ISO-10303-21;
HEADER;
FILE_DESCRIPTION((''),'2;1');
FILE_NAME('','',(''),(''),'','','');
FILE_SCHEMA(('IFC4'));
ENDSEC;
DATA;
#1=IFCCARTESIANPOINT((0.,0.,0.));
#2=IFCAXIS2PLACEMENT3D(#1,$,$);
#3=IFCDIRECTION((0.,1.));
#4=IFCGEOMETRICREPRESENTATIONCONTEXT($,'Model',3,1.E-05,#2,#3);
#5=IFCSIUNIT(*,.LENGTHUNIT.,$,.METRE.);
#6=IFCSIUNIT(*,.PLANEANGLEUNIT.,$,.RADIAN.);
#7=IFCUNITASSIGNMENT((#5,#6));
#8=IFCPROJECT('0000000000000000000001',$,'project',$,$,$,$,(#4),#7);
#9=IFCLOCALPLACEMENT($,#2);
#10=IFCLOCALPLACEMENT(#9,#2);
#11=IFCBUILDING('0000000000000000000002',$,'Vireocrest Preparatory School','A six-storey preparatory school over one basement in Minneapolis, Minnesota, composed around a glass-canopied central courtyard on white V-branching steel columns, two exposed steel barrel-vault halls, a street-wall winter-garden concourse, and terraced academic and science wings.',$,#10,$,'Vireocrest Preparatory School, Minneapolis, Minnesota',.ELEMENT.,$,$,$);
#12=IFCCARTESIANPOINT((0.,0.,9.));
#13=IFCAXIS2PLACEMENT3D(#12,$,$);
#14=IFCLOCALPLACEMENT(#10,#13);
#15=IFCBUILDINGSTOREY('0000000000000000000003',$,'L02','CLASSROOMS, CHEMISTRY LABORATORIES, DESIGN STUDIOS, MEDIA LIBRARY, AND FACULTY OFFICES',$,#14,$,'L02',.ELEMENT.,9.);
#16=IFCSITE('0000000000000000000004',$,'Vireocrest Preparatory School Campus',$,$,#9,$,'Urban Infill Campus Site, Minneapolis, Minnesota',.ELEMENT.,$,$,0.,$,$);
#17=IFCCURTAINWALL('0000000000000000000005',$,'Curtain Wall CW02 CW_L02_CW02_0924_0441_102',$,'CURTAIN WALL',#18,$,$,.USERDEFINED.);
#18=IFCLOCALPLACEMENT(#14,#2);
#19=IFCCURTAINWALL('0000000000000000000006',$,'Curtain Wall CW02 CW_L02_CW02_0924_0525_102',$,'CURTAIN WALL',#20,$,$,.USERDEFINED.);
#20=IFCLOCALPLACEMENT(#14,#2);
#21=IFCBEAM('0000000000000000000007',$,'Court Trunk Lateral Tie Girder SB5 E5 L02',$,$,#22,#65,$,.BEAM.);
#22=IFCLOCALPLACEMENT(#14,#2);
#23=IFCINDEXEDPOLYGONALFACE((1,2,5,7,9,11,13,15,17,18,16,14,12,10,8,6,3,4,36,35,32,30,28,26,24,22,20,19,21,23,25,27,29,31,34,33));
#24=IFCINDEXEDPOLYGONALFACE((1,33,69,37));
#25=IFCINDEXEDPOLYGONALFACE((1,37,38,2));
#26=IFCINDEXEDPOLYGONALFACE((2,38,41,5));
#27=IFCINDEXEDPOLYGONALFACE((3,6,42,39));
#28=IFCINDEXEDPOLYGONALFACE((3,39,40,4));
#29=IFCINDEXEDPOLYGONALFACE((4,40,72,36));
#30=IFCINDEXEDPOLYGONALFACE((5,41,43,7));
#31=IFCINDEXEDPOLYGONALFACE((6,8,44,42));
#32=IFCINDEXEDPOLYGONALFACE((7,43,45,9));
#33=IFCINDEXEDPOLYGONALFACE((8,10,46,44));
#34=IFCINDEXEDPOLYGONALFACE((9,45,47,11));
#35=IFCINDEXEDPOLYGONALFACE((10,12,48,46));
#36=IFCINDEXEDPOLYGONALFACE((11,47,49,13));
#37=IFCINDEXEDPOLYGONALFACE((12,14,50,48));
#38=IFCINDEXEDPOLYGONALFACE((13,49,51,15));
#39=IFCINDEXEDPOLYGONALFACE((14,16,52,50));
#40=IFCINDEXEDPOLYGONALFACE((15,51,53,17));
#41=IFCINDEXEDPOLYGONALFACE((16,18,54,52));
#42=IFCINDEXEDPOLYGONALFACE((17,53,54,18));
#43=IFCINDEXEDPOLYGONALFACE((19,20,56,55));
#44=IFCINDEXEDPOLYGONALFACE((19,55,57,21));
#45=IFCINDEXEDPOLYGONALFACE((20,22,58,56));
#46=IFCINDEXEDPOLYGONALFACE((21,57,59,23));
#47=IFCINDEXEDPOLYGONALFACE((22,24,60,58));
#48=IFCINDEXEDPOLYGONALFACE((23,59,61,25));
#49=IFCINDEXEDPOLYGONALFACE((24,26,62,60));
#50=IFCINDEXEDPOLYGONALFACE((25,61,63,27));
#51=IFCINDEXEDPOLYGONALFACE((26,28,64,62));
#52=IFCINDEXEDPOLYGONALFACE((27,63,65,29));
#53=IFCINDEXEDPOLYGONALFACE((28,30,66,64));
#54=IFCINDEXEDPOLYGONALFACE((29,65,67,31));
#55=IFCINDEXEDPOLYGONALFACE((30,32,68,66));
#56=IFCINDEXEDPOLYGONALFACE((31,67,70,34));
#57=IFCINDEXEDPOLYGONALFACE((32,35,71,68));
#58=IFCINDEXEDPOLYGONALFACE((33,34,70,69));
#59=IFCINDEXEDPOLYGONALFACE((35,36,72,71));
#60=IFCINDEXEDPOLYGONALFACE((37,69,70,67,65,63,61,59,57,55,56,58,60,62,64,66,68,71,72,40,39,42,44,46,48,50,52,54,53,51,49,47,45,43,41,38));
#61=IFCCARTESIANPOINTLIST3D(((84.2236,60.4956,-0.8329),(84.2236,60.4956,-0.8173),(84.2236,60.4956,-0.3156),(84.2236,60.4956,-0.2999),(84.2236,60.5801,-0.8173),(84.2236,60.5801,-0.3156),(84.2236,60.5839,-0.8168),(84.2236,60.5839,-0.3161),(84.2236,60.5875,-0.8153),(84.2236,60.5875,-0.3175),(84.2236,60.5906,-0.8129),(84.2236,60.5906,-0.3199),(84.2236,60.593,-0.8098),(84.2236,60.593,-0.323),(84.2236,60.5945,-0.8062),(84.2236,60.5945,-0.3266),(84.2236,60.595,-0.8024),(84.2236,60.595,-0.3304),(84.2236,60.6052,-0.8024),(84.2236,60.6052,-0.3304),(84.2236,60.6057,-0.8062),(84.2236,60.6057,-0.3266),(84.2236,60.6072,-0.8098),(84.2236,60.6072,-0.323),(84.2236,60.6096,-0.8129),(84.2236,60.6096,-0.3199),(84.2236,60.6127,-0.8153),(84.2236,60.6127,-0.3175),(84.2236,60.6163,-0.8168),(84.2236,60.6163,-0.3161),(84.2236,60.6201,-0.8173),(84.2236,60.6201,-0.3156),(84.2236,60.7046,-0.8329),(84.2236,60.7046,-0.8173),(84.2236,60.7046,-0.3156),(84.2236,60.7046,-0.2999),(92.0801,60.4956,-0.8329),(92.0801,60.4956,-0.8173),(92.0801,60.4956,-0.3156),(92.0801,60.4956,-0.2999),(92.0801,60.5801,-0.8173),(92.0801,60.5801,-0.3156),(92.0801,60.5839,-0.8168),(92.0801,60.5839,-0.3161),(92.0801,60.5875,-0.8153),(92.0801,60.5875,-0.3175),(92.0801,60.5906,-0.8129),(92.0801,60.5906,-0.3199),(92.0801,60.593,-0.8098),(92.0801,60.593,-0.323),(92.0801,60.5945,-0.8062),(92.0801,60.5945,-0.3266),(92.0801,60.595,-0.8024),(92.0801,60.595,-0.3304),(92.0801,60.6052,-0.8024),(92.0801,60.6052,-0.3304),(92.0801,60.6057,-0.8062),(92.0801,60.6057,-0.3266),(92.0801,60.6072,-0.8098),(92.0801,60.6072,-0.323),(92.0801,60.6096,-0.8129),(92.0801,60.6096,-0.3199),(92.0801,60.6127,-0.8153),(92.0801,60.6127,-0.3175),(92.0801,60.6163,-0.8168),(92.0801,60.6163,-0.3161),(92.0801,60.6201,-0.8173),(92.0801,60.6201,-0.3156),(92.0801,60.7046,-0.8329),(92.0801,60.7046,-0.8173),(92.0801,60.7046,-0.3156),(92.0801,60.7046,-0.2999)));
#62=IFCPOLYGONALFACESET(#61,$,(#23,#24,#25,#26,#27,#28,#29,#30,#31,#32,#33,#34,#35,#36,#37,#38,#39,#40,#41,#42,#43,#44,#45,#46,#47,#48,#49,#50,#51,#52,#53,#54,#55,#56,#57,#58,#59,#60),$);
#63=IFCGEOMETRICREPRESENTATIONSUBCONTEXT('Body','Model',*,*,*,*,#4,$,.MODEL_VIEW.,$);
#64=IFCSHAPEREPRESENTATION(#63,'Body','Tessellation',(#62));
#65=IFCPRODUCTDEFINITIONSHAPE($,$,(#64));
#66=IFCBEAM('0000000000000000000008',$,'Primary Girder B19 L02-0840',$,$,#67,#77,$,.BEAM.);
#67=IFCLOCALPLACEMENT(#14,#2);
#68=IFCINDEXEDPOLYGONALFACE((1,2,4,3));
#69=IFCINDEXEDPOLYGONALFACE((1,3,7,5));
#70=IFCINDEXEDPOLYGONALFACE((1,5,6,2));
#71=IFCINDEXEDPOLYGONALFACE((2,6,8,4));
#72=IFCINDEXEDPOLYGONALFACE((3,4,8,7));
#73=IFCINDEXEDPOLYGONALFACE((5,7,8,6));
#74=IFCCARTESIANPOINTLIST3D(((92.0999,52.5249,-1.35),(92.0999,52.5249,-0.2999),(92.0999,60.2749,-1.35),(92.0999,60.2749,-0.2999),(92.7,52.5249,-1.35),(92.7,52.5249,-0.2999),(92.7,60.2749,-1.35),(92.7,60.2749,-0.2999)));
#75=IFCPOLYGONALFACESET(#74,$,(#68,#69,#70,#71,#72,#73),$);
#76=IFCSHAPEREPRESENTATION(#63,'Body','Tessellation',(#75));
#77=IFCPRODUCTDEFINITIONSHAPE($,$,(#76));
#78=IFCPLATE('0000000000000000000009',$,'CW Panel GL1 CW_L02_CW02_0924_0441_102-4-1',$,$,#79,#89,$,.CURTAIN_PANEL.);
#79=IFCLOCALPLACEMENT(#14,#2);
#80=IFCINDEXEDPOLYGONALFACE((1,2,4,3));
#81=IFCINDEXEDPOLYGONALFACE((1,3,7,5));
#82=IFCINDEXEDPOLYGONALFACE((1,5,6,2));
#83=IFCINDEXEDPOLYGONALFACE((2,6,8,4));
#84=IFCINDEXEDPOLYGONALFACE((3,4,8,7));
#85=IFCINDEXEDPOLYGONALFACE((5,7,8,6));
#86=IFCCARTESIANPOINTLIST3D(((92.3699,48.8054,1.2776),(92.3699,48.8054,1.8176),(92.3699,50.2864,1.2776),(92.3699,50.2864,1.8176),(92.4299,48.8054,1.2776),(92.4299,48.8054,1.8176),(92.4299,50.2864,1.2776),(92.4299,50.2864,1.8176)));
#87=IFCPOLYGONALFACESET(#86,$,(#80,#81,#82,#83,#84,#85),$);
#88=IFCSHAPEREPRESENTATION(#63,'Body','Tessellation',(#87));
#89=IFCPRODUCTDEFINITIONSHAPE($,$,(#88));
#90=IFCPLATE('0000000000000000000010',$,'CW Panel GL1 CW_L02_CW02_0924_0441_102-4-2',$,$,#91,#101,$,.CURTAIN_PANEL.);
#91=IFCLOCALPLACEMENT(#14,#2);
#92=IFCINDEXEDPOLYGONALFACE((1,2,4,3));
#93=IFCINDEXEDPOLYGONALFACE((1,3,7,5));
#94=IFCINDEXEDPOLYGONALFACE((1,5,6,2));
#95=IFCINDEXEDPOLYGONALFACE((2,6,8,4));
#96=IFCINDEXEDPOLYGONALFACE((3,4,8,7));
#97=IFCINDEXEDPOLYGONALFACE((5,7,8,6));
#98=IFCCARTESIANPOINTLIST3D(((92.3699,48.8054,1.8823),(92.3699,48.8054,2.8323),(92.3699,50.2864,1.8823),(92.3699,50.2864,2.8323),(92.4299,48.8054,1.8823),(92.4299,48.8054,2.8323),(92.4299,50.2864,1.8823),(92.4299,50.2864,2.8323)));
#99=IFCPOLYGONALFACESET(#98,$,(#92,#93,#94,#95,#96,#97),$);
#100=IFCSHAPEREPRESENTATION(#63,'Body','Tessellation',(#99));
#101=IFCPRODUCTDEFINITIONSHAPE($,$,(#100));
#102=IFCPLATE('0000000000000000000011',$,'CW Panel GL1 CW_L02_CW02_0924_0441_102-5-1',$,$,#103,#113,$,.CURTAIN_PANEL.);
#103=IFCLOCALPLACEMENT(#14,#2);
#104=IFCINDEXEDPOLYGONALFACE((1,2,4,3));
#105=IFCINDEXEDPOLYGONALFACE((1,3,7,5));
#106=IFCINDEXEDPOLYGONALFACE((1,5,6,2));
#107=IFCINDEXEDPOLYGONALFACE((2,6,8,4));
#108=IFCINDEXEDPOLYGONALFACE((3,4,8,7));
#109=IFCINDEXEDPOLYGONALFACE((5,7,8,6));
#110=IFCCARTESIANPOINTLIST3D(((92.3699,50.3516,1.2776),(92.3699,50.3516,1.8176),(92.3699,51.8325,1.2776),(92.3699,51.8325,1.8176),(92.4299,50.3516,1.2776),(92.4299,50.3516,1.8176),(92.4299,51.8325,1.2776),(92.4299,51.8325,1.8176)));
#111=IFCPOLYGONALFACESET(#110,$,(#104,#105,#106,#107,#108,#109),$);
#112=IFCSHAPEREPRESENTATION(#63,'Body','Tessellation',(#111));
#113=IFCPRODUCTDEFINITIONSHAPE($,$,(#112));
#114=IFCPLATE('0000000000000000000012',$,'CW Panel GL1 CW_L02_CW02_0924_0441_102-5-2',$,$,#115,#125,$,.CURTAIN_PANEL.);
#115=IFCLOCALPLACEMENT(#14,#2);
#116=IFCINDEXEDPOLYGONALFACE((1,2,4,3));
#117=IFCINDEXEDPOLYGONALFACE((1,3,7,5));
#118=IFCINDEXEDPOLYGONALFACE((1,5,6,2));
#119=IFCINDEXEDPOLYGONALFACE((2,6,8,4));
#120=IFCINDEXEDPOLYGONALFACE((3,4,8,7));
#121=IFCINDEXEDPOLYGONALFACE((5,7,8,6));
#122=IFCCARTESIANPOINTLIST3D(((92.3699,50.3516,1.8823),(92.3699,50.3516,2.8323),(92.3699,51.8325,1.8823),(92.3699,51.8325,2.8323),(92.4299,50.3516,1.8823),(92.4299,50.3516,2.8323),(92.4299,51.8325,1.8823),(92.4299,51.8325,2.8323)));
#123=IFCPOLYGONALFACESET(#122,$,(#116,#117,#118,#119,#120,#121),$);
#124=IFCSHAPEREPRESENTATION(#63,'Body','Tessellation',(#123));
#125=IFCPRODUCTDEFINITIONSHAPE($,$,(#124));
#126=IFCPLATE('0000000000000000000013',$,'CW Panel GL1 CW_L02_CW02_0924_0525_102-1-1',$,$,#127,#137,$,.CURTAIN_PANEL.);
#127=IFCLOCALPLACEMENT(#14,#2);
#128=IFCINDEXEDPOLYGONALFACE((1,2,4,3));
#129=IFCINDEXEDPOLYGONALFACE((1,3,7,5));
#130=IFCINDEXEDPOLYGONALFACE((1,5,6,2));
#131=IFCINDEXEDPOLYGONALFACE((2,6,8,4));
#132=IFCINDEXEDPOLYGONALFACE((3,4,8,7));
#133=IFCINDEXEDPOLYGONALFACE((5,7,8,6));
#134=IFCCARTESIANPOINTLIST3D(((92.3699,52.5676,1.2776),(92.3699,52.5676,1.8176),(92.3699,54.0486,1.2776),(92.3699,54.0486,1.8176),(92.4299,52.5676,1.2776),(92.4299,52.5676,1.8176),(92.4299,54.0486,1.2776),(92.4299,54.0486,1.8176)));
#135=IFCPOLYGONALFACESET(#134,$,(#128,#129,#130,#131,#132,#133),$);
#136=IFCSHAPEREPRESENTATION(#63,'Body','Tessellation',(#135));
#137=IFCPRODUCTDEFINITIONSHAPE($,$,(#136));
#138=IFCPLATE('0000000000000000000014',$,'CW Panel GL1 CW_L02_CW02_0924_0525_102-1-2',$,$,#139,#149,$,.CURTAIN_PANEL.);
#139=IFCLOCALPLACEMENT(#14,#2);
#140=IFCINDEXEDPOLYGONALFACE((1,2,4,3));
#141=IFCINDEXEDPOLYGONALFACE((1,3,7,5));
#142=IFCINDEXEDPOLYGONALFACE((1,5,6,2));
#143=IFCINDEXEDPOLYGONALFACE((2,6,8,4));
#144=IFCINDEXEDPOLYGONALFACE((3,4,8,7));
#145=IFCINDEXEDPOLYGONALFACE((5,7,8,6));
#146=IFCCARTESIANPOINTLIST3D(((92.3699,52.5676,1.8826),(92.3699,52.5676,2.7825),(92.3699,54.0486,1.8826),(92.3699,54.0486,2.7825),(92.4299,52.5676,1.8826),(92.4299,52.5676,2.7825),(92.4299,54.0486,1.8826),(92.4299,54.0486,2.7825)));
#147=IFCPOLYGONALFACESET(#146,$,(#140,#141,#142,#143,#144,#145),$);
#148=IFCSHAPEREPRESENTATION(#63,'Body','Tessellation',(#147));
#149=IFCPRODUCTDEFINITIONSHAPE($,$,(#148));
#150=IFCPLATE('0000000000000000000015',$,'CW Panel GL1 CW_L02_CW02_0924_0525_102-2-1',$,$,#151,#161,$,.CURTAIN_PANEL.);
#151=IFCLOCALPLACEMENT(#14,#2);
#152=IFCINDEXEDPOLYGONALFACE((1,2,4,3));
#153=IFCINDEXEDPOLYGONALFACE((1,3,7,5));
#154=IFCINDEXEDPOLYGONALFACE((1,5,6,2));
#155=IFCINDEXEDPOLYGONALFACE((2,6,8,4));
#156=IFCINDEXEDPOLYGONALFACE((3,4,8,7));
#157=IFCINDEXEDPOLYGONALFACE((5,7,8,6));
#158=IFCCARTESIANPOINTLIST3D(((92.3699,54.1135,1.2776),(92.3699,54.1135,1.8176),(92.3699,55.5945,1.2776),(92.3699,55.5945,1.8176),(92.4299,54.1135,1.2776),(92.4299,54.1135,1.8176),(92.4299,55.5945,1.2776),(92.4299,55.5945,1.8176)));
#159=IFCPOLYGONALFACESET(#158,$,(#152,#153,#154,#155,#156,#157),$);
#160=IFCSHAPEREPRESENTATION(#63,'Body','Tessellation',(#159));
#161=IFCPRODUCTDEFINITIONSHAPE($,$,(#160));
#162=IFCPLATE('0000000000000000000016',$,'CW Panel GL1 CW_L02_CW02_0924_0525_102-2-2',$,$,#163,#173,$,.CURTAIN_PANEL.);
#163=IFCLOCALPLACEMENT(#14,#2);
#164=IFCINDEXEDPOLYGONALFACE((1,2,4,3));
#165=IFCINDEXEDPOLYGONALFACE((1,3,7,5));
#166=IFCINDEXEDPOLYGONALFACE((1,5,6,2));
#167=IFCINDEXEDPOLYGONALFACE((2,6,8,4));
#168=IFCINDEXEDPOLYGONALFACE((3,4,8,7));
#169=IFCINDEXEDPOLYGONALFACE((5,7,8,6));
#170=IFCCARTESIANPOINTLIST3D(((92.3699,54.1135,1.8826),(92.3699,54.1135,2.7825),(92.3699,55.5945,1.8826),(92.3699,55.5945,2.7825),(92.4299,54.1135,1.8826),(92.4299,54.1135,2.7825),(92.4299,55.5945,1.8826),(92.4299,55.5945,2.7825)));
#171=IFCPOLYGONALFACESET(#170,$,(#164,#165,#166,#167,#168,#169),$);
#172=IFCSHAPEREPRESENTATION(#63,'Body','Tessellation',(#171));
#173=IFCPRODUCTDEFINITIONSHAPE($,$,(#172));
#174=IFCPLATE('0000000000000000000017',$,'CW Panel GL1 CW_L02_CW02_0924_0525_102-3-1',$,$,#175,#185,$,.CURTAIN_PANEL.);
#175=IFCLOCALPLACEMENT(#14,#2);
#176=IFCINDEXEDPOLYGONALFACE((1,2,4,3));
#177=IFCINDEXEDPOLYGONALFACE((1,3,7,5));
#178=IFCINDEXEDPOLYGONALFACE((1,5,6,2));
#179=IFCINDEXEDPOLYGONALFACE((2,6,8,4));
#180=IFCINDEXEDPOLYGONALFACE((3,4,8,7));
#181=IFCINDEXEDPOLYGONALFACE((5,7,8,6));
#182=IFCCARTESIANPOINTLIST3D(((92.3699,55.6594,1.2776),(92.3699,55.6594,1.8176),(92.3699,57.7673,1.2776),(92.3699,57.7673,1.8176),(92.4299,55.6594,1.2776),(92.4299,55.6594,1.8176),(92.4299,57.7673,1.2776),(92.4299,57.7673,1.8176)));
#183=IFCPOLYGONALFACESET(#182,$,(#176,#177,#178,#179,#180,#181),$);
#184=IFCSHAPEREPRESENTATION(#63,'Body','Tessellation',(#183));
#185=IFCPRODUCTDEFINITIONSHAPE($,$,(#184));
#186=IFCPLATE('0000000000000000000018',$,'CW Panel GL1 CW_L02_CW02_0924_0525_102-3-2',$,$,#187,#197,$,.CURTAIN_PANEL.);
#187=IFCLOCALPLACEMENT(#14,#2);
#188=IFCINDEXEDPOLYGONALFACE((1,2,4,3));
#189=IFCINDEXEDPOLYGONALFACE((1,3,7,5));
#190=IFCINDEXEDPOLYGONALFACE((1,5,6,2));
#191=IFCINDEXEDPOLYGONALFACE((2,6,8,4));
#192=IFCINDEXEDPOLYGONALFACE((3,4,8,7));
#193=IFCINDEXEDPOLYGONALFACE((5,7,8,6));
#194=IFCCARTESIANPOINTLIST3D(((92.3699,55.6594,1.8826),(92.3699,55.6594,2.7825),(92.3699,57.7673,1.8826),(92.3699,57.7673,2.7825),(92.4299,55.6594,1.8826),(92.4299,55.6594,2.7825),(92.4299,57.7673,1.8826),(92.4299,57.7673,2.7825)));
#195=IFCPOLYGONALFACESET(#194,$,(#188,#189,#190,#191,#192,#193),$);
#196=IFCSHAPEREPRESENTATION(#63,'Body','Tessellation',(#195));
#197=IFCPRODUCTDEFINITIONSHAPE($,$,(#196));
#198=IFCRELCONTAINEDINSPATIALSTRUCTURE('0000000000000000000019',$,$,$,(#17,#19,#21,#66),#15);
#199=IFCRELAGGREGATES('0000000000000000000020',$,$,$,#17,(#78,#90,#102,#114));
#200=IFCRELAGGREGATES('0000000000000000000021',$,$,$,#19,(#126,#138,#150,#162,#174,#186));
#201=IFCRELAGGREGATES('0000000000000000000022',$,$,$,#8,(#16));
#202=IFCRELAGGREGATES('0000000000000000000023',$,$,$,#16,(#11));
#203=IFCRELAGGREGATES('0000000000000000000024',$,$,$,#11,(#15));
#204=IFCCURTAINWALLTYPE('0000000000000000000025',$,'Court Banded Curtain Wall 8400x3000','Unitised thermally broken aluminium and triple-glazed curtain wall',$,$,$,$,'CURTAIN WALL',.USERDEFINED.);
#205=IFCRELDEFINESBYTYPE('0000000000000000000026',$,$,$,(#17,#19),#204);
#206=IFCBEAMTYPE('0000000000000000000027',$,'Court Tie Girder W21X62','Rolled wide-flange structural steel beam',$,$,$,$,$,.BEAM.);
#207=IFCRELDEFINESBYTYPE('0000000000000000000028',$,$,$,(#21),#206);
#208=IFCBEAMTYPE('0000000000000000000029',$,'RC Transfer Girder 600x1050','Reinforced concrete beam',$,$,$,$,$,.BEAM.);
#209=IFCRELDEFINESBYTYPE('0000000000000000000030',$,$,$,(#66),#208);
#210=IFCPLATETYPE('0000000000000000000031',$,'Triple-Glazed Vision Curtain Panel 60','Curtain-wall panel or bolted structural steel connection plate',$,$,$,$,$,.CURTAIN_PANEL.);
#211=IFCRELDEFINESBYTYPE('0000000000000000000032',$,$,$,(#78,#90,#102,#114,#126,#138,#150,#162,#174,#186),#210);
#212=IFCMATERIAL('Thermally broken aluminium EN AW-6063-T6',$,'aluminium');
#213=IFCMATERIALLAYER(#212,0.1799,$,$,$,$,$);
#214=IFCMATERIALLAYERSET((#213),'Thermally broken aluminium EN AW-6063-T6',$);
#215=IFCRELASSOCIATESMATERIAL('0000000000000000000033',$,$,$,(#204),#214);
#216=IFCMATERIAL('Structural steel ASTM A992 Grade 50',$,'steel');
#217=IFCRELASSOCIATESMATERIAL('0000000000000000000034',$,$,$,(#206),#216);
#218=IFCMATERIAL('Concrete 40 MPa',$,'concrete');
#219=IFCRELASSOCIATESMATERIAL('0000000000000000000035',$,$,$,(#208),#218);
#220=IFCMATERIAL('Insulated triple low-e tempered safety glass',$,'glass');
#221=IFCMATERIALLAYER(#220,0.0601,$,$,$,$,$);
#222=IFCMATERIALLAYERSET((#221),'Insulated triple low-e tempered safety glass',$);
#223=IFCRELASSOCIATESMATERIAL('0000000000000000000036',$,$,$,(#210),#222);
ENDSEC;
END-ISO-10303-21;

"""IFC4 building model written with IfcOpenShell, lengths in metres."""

from ifc_helpers import new_model, si_unit, direction, frame, origin, origin_2d, place, context, subcontext, project, spatial, rectangle, i_section, extrude, material, layer, layer_set, material_profile, profile_set, type_object, element, aggregate, save


model = new_model("IFC4")

# Units and contexts
model_context = context("Model", 3, precision=1e-05, world=origin(), true_north=direction((0.0, 1.0)))
body_context = subcontext(model_context, "Body", "Model", "MODEL_VIEW")
ifc_project = project(units=[si_unit("LENGTHUNIT", "METRE"), si_unit("PLANEANGLEUNIT", "RADIAN")], contexts=[model_context])

# Site, building, storey
site_placement = place(None, origin())
site = spatial("IfcSite", under=ifc_project, at=site_placement, Name="Vireocrest Preparatory School Campus", LongName="Urban Infill Campus Site, Minneapolis, Minnesota", CompositionType="ELEMENT", RefElevation=0.0)
building_placement = place(site_placement, origin())
building = spatial("IfcBuilding", under=site, at=building_placement, Name="Vireocrest Preparatory School", Description="A six-storey preparatory school over one basement in Minneapolis, Minnesota, composed around a glass-canopied central courtyard on white V-branching steel columns, two exposed steel barrel-vault halls, a street-wall winter-garden concourse, and terraced academic and science wings.", LongName="Vireocrest Preparatory School, Minneapolis, Minnesota", CompositionType="ELEMENT")
storey_placement = place(building_placement, frame((0.0, 0.0, 9.0)))
storey = spatial("IfcBuildingStorey", under=building, at=storey_placement, Name="L02", Description="CLASSROOMS, CHEMISTRY LABORATORIES, DESIGN STUDIOS, MEDIA LIBRARY, AND FACULTY OFFICES", LongName="L02", CompositionType="ELEMENT", Elevation=9.0)

# Curtain walls
ifc_material_1 = material(Name="Thermally broken aluminium EN AW-6063-T6", Category="aluminium")
ifc_layer_1 = layer(ifc_material_1, 0.1799)
ifc_layer_set_1 = layer_set([ifc_layer_1], Name="Thermally broken aluminium EN AW-6063-T6")
curtain_wall_type = type_object("IfcCurtainWallType", Name="Court Banded Curtain Wall 8400x3000", Description="Unitised thermally broken aluminium and triple-glazed curtain wall", ElementType="CURTAIN WALL", PredefinedType="USERDEFINED", material=ifc_layer_set_1)
curtain_wall_1_placement = place(storey_placement, origin())
curtain_wall_1 = element("IfcCurtainWall", 1, at=curtain_wall_1_placement, inside=storey, type_object=curtain_wall_type, Name="Curtain Wall CW02 CW_L02_CW02_0924_0441_102", ObjectType="CURTAIN WALL", PredefinedType="USERDEFINED")
curtain_wall_2_placement = place(storey_placement, origin())
curtain_wall_2 = element("IfcCurtainWall", 2, at=curtain_wall_2_placement, inside=storey, type_object=curtain_wall_type, Name="Curtain Wall CW02 CW_L02_CW02_0924_0525_102", ObjectType="CURTAIN WALL", PredefinedType="USERDEFINED")

# Beams
ifc_material_2 = material(Name="Structural steel ASTM A992 Grade 50", Category="steel")
ifc_material_profile_1 = material_profile(ifc_material_2, i_section(OverallWidth=0.209, OverallDepth=0.533, WebThickness=0.0103, FlangeThickness=0.0156, FilletRadius=0.0149, at=origin_2d()), Name="W21X62")
ifc_profile_set_1 = profile_set([ifc_material_profile_1], Name="Structural steel ASTM A992 Grade 50")
beam_type_1 = type_object("IfcBeamType", Name="Court Tie Girder W21X62", Description="Rolled wide-flange structural steel beam", PredefinedType="BEAM", material=ifc_profile_set_1)
for number, where, z_axis, x_axis, name in (
    (3, (84.2236, 60.6001, -0.5664), (1.0, 0.0, 0.0), (0.0, 1.0, 0.0), "Court Trunk Lateral Tie Girder SB5 E5 L02"),
):
    element("IfcBeam", number, at=place(storey_placement, frame(where, z_axis=z_axis, x_axis=x_axis)), inside=storey, type_object=beam_type_1, Name=name, PredefinedType="BEAM", context=body_context, shape_type="SweptSolid", body=[
        extrude(i_section(OverallWidth=0.209, OverallDepth=0.533, WebThickness=0.0103, FlangeThickness=0.0156, FilletRadius=0.0149, at=origin_2d()), origin(), (0.0, 0.0, 1.0), 7.8564),
    ])
ifc_material_3 = material(Name="Concrete 40 MPa", Category="concrete")
ifc_material_profile_2 = material_profile(ifc_material_3, rectangle(XDim=0.6001, YDim=1.05, at=origin_2d()), Name="RC 600x1050")
ifc_profile_set_2 = profile_set([ifc_material_profile_2], Name="Concrete 40 MPa")
beam_type_2 = type_object("IfcBeamType", Name="RC Transfer Girder 600x1050", Description="Reinforced concrete beam", PredefinedType="BEAM", material=ifc_profile_set_2)
beam_placement = place(storey_placement, frame((92.3999, 52.5249, -0.825), z_axis=(0.0, 1.0, 0.0), x_axis=(-1.0, 0.0, 0.0)))
element("IfcBeam", 4, at=beam_placement, inside=storey, type_object=beam_type_2, Name="Primary Girder B19 L02-0840", PredefinedType="BEAM", context=body_context, shape_type="SweptSolid", body=[
    extrude(rectangle(XDim=0.6001, YDim=1.05, at=origin_2d()), origin(), (0.0, 0.0, 1.0), 7.75),
])

# Plates
ifc_material_4 = material(Name="Insulated triple low-e tempered safety glass", Category="glass")
ifc_layer_2 = layer(ifc_material_4, 0.0601)
ifc_layer_set_2 = layer_set([ifc_layer_2], Name="Insulated triple low-e tempered safety glass")
plate_type = type_object("IfcPlateType", Name="Triple-Glazed Vision Curtain Panel 60", Description="Curtain-wall panel or bolted structural steel connection plate", PredefinedType="CURTAIN_PANEL", material=ifc_layer_set_2)
plate_1_placement = place(storey_placement, frame((92.3999, 49.5459, 1.2776), z_axis=(0.0, 0.0, 1.0), x_axis=(0.0, 1.0, 0.0)))
plate_1 = element("IfcPlate", 5, at=plate_1_placement, type_object=plate_type, Name="CW Panel GL1 CW_L02_CW02_0924_0441_102-4-1", PredefinedType="CURTAIN_PANEL", context=body_context, shape_type="SweptSolid", body=[
    extrude(rectangle(XDim=1.481, YDim=0.0601, at=origin_2d()), origin(), (0.0, 0.0, 1.0), 0.54),
])
plate_2_placement = place(storey_placement, frame((92.3999, 49.5459, 1.8823), z_axis=(0.0, 0.0, 1.0), x_axis=(0.0, 1.0, 0.0)))
plate_2 = element("IfcPlate", 6, at=plate_2_placement, type_object=plate_type, Name="CW Panel GL1 CW_L02_CW02_0924_0441_102-4-2", PredefinedType="CURTAIN_PANEL", context=body_context, shape_type="SweptSolid", body=[
    extrude(rectangle(XDim=1.481, YDim=0.0601, at=origin_2d()), origin(), (0.0, 0.0, 1.0), 0.95),
])
plate_3_placement = place(storey_placement, frame((92.3999, 51.092, 1.2776), z_axis=(0.0, 0.0, 1.0), x_axis=(0.0, 1.0, 0.0)))
plate_3 = element("IfcPlate", 7, at=plate_3_placement, type_object=plate_type, Name="CW Panel GL1 CW_L02_CW02_0924_0441_102-5-1", PredefinedType="CURTAIN_PANEL", context=body_context, shape_type="SweptSolid", body=[
    extrude(rectangle(XDim=1.481, YDim=0.0601, at=origin_2d()), origin(), (0.0, 0.0, 1.0), 0.54),
])
plate_4_placement = place(storey_placement, frame((92.3999, 51.092, 1.8823), z_axis=(0.0, 0.0, 1.0), x_axis=(0.0, 1.0, 0.0)))
plate_4 = element("IfcPlate", 8, at=plate_4_placement, type_object=plate_type, Name="CW Panel GL1 CW_L02_CW02_0924_0441_102-5-2", PredefinedType="CURTAIN_PANEL", context=body_context, shape_type="SweptSolid", body=[
    extrude(rectangle(XDim=1.481, YDim=0.0601, at=origin_2d()), origin(), (0.0, 0.0, 1.0), 0.95),
])
aggregate(curtain_wall_1, [plate_1, plate_2, plate_3, plate_4])
plate_5_placement = place(storey_placement, frame((92.3999, 53.3081, 1.2776), z_axis=(0.0, 0.0, 1.0), x_axis=(0.0, 1.0, 0.0)))
plate_5 = element("IfcPlate", 9, at=plate_5_placement, type_object=plate_type, Name="CW Panel GL1 CW_L02_CW02_0924_0525_102-1-1", PredefinedType="CURTAIN_PANEL", context=body_context, shape_type="SweptSolid", body=[
    extrude(rectangle(XDim=1.481, YDim=0.0601, at=origin_2d()), origin(), (0.0, 0.0, 1.0), 0.54),
])
plate_6_placement = place(storey_placement, frame((92.3999, 53.3081, 1.8826), z_axis=(0.0, 0.0, 1.0), x_axis=(0.0, 1.0, 0.0)))
plate_6 = element("IfcPlate", 10, at=plate_6_placement, type_object=plate_type, Name="CW Panel GL1 CW_L02_CW02_0924_0525_102-1-2", PredefinedType="CURTAIN_PANEL", context=body_context, shape_type="SweptSolid", body=[
    extrude(rectangle(XDim=1.481, YDim=0.0601, at=origin_2d()), origin(), (0.0, 0.0, 1.0), 0.8999),
])
plate_7_placement = place(storey_placement, frame((92.3999, 54.854, 1.2776), z_axis=(0.0, 0.0, 1.0), x_axis=(0.0, 1.0, 0.0)))
plate_7 = element("IfcPlate", 11, at=plate_7_placement, type_object=plate_type, Name="CW Panel GL1 CW_L02_CW02_0924_0525_102-2-1", PredefinedType="CURTAIN_PANEL", context=body_context, shape_type="SweptSolid", body=[
    extrude(rectangle(XDim=1.481, YDim=0.0601, at=origin_2d()), origin(), (0.0, 0.0, 1.0), 0.54),
])
plate_8_placement = place(storey_placement, frame((92.3999, 54.854, 1.8826), z_axis=(0.0, 0.0, 1.0), x_axis=(0.0, 1.0, 0.0)))
plate_8 = element("IfcPlate", 12, at=plate_8_placement, type_object=plate_type, Name="CW Panel GL1 CW_L02_CW02_0924_0525_102-2-2", PredefinedType="CURTAIN_PANEL", context=body_context, shape_type="SweptSolid", body=[
    extrude(rectangle(XDim=1.481, YDim=0.0601, at=origin_2d()), origin(), (0.0, 0.0, 1.0), 0.8999),
])
plate_9_placement = place(storey_placement, frame((92.3999, 56.7134, 1.2776), z_axis=(0.0, 0.0, 1.0), x_axis=(0.0, 1.0, 0.0)))
plate_9 = element("IfcPlate", 13, at=plate_9_placement, type_object=plate_type, Name="CW Panel GL1 CW_L02_CW02_0924_0525_102-3-1", PredefinedType="CURTAIN_PANEL", context=body_context, shape_type="SweptSolid", body=[
    extrude(rectangle(XDim=2.1079, YDim=0.0601, at=origin_2d()), origin(), (0.0, 0.0, 1.0), 0.54),
])
plate_10_placement = place(storey_placement, frame((92.3999, 56.7134, 1.8826), z_axis=(0.0, 0.0, 1.0), x_axis=(0.0, 1.0, 0.0)))
plate_10 = element("IfcPlate", 14, at=plate_10_placement, type_object=plate_type, Name="CW Panel GL1 CW_L02_CW02_0924_0525_102-3-2", PredefinedType="CURTAIN_PANEL", context=body_context, shape_type="SweptSolid", body=[
    extrude(rectangle(XDim=2.1079, YDim=0.0601, at=origin_2d()), origin(), (0.0, 0.0, 1.0), 0.8999),
])
aggregate(curtain_wall_2, [plate_5, plate_6, plate_7, plate_8, plate_9, plate_10])

save(model, "model.ifc")
